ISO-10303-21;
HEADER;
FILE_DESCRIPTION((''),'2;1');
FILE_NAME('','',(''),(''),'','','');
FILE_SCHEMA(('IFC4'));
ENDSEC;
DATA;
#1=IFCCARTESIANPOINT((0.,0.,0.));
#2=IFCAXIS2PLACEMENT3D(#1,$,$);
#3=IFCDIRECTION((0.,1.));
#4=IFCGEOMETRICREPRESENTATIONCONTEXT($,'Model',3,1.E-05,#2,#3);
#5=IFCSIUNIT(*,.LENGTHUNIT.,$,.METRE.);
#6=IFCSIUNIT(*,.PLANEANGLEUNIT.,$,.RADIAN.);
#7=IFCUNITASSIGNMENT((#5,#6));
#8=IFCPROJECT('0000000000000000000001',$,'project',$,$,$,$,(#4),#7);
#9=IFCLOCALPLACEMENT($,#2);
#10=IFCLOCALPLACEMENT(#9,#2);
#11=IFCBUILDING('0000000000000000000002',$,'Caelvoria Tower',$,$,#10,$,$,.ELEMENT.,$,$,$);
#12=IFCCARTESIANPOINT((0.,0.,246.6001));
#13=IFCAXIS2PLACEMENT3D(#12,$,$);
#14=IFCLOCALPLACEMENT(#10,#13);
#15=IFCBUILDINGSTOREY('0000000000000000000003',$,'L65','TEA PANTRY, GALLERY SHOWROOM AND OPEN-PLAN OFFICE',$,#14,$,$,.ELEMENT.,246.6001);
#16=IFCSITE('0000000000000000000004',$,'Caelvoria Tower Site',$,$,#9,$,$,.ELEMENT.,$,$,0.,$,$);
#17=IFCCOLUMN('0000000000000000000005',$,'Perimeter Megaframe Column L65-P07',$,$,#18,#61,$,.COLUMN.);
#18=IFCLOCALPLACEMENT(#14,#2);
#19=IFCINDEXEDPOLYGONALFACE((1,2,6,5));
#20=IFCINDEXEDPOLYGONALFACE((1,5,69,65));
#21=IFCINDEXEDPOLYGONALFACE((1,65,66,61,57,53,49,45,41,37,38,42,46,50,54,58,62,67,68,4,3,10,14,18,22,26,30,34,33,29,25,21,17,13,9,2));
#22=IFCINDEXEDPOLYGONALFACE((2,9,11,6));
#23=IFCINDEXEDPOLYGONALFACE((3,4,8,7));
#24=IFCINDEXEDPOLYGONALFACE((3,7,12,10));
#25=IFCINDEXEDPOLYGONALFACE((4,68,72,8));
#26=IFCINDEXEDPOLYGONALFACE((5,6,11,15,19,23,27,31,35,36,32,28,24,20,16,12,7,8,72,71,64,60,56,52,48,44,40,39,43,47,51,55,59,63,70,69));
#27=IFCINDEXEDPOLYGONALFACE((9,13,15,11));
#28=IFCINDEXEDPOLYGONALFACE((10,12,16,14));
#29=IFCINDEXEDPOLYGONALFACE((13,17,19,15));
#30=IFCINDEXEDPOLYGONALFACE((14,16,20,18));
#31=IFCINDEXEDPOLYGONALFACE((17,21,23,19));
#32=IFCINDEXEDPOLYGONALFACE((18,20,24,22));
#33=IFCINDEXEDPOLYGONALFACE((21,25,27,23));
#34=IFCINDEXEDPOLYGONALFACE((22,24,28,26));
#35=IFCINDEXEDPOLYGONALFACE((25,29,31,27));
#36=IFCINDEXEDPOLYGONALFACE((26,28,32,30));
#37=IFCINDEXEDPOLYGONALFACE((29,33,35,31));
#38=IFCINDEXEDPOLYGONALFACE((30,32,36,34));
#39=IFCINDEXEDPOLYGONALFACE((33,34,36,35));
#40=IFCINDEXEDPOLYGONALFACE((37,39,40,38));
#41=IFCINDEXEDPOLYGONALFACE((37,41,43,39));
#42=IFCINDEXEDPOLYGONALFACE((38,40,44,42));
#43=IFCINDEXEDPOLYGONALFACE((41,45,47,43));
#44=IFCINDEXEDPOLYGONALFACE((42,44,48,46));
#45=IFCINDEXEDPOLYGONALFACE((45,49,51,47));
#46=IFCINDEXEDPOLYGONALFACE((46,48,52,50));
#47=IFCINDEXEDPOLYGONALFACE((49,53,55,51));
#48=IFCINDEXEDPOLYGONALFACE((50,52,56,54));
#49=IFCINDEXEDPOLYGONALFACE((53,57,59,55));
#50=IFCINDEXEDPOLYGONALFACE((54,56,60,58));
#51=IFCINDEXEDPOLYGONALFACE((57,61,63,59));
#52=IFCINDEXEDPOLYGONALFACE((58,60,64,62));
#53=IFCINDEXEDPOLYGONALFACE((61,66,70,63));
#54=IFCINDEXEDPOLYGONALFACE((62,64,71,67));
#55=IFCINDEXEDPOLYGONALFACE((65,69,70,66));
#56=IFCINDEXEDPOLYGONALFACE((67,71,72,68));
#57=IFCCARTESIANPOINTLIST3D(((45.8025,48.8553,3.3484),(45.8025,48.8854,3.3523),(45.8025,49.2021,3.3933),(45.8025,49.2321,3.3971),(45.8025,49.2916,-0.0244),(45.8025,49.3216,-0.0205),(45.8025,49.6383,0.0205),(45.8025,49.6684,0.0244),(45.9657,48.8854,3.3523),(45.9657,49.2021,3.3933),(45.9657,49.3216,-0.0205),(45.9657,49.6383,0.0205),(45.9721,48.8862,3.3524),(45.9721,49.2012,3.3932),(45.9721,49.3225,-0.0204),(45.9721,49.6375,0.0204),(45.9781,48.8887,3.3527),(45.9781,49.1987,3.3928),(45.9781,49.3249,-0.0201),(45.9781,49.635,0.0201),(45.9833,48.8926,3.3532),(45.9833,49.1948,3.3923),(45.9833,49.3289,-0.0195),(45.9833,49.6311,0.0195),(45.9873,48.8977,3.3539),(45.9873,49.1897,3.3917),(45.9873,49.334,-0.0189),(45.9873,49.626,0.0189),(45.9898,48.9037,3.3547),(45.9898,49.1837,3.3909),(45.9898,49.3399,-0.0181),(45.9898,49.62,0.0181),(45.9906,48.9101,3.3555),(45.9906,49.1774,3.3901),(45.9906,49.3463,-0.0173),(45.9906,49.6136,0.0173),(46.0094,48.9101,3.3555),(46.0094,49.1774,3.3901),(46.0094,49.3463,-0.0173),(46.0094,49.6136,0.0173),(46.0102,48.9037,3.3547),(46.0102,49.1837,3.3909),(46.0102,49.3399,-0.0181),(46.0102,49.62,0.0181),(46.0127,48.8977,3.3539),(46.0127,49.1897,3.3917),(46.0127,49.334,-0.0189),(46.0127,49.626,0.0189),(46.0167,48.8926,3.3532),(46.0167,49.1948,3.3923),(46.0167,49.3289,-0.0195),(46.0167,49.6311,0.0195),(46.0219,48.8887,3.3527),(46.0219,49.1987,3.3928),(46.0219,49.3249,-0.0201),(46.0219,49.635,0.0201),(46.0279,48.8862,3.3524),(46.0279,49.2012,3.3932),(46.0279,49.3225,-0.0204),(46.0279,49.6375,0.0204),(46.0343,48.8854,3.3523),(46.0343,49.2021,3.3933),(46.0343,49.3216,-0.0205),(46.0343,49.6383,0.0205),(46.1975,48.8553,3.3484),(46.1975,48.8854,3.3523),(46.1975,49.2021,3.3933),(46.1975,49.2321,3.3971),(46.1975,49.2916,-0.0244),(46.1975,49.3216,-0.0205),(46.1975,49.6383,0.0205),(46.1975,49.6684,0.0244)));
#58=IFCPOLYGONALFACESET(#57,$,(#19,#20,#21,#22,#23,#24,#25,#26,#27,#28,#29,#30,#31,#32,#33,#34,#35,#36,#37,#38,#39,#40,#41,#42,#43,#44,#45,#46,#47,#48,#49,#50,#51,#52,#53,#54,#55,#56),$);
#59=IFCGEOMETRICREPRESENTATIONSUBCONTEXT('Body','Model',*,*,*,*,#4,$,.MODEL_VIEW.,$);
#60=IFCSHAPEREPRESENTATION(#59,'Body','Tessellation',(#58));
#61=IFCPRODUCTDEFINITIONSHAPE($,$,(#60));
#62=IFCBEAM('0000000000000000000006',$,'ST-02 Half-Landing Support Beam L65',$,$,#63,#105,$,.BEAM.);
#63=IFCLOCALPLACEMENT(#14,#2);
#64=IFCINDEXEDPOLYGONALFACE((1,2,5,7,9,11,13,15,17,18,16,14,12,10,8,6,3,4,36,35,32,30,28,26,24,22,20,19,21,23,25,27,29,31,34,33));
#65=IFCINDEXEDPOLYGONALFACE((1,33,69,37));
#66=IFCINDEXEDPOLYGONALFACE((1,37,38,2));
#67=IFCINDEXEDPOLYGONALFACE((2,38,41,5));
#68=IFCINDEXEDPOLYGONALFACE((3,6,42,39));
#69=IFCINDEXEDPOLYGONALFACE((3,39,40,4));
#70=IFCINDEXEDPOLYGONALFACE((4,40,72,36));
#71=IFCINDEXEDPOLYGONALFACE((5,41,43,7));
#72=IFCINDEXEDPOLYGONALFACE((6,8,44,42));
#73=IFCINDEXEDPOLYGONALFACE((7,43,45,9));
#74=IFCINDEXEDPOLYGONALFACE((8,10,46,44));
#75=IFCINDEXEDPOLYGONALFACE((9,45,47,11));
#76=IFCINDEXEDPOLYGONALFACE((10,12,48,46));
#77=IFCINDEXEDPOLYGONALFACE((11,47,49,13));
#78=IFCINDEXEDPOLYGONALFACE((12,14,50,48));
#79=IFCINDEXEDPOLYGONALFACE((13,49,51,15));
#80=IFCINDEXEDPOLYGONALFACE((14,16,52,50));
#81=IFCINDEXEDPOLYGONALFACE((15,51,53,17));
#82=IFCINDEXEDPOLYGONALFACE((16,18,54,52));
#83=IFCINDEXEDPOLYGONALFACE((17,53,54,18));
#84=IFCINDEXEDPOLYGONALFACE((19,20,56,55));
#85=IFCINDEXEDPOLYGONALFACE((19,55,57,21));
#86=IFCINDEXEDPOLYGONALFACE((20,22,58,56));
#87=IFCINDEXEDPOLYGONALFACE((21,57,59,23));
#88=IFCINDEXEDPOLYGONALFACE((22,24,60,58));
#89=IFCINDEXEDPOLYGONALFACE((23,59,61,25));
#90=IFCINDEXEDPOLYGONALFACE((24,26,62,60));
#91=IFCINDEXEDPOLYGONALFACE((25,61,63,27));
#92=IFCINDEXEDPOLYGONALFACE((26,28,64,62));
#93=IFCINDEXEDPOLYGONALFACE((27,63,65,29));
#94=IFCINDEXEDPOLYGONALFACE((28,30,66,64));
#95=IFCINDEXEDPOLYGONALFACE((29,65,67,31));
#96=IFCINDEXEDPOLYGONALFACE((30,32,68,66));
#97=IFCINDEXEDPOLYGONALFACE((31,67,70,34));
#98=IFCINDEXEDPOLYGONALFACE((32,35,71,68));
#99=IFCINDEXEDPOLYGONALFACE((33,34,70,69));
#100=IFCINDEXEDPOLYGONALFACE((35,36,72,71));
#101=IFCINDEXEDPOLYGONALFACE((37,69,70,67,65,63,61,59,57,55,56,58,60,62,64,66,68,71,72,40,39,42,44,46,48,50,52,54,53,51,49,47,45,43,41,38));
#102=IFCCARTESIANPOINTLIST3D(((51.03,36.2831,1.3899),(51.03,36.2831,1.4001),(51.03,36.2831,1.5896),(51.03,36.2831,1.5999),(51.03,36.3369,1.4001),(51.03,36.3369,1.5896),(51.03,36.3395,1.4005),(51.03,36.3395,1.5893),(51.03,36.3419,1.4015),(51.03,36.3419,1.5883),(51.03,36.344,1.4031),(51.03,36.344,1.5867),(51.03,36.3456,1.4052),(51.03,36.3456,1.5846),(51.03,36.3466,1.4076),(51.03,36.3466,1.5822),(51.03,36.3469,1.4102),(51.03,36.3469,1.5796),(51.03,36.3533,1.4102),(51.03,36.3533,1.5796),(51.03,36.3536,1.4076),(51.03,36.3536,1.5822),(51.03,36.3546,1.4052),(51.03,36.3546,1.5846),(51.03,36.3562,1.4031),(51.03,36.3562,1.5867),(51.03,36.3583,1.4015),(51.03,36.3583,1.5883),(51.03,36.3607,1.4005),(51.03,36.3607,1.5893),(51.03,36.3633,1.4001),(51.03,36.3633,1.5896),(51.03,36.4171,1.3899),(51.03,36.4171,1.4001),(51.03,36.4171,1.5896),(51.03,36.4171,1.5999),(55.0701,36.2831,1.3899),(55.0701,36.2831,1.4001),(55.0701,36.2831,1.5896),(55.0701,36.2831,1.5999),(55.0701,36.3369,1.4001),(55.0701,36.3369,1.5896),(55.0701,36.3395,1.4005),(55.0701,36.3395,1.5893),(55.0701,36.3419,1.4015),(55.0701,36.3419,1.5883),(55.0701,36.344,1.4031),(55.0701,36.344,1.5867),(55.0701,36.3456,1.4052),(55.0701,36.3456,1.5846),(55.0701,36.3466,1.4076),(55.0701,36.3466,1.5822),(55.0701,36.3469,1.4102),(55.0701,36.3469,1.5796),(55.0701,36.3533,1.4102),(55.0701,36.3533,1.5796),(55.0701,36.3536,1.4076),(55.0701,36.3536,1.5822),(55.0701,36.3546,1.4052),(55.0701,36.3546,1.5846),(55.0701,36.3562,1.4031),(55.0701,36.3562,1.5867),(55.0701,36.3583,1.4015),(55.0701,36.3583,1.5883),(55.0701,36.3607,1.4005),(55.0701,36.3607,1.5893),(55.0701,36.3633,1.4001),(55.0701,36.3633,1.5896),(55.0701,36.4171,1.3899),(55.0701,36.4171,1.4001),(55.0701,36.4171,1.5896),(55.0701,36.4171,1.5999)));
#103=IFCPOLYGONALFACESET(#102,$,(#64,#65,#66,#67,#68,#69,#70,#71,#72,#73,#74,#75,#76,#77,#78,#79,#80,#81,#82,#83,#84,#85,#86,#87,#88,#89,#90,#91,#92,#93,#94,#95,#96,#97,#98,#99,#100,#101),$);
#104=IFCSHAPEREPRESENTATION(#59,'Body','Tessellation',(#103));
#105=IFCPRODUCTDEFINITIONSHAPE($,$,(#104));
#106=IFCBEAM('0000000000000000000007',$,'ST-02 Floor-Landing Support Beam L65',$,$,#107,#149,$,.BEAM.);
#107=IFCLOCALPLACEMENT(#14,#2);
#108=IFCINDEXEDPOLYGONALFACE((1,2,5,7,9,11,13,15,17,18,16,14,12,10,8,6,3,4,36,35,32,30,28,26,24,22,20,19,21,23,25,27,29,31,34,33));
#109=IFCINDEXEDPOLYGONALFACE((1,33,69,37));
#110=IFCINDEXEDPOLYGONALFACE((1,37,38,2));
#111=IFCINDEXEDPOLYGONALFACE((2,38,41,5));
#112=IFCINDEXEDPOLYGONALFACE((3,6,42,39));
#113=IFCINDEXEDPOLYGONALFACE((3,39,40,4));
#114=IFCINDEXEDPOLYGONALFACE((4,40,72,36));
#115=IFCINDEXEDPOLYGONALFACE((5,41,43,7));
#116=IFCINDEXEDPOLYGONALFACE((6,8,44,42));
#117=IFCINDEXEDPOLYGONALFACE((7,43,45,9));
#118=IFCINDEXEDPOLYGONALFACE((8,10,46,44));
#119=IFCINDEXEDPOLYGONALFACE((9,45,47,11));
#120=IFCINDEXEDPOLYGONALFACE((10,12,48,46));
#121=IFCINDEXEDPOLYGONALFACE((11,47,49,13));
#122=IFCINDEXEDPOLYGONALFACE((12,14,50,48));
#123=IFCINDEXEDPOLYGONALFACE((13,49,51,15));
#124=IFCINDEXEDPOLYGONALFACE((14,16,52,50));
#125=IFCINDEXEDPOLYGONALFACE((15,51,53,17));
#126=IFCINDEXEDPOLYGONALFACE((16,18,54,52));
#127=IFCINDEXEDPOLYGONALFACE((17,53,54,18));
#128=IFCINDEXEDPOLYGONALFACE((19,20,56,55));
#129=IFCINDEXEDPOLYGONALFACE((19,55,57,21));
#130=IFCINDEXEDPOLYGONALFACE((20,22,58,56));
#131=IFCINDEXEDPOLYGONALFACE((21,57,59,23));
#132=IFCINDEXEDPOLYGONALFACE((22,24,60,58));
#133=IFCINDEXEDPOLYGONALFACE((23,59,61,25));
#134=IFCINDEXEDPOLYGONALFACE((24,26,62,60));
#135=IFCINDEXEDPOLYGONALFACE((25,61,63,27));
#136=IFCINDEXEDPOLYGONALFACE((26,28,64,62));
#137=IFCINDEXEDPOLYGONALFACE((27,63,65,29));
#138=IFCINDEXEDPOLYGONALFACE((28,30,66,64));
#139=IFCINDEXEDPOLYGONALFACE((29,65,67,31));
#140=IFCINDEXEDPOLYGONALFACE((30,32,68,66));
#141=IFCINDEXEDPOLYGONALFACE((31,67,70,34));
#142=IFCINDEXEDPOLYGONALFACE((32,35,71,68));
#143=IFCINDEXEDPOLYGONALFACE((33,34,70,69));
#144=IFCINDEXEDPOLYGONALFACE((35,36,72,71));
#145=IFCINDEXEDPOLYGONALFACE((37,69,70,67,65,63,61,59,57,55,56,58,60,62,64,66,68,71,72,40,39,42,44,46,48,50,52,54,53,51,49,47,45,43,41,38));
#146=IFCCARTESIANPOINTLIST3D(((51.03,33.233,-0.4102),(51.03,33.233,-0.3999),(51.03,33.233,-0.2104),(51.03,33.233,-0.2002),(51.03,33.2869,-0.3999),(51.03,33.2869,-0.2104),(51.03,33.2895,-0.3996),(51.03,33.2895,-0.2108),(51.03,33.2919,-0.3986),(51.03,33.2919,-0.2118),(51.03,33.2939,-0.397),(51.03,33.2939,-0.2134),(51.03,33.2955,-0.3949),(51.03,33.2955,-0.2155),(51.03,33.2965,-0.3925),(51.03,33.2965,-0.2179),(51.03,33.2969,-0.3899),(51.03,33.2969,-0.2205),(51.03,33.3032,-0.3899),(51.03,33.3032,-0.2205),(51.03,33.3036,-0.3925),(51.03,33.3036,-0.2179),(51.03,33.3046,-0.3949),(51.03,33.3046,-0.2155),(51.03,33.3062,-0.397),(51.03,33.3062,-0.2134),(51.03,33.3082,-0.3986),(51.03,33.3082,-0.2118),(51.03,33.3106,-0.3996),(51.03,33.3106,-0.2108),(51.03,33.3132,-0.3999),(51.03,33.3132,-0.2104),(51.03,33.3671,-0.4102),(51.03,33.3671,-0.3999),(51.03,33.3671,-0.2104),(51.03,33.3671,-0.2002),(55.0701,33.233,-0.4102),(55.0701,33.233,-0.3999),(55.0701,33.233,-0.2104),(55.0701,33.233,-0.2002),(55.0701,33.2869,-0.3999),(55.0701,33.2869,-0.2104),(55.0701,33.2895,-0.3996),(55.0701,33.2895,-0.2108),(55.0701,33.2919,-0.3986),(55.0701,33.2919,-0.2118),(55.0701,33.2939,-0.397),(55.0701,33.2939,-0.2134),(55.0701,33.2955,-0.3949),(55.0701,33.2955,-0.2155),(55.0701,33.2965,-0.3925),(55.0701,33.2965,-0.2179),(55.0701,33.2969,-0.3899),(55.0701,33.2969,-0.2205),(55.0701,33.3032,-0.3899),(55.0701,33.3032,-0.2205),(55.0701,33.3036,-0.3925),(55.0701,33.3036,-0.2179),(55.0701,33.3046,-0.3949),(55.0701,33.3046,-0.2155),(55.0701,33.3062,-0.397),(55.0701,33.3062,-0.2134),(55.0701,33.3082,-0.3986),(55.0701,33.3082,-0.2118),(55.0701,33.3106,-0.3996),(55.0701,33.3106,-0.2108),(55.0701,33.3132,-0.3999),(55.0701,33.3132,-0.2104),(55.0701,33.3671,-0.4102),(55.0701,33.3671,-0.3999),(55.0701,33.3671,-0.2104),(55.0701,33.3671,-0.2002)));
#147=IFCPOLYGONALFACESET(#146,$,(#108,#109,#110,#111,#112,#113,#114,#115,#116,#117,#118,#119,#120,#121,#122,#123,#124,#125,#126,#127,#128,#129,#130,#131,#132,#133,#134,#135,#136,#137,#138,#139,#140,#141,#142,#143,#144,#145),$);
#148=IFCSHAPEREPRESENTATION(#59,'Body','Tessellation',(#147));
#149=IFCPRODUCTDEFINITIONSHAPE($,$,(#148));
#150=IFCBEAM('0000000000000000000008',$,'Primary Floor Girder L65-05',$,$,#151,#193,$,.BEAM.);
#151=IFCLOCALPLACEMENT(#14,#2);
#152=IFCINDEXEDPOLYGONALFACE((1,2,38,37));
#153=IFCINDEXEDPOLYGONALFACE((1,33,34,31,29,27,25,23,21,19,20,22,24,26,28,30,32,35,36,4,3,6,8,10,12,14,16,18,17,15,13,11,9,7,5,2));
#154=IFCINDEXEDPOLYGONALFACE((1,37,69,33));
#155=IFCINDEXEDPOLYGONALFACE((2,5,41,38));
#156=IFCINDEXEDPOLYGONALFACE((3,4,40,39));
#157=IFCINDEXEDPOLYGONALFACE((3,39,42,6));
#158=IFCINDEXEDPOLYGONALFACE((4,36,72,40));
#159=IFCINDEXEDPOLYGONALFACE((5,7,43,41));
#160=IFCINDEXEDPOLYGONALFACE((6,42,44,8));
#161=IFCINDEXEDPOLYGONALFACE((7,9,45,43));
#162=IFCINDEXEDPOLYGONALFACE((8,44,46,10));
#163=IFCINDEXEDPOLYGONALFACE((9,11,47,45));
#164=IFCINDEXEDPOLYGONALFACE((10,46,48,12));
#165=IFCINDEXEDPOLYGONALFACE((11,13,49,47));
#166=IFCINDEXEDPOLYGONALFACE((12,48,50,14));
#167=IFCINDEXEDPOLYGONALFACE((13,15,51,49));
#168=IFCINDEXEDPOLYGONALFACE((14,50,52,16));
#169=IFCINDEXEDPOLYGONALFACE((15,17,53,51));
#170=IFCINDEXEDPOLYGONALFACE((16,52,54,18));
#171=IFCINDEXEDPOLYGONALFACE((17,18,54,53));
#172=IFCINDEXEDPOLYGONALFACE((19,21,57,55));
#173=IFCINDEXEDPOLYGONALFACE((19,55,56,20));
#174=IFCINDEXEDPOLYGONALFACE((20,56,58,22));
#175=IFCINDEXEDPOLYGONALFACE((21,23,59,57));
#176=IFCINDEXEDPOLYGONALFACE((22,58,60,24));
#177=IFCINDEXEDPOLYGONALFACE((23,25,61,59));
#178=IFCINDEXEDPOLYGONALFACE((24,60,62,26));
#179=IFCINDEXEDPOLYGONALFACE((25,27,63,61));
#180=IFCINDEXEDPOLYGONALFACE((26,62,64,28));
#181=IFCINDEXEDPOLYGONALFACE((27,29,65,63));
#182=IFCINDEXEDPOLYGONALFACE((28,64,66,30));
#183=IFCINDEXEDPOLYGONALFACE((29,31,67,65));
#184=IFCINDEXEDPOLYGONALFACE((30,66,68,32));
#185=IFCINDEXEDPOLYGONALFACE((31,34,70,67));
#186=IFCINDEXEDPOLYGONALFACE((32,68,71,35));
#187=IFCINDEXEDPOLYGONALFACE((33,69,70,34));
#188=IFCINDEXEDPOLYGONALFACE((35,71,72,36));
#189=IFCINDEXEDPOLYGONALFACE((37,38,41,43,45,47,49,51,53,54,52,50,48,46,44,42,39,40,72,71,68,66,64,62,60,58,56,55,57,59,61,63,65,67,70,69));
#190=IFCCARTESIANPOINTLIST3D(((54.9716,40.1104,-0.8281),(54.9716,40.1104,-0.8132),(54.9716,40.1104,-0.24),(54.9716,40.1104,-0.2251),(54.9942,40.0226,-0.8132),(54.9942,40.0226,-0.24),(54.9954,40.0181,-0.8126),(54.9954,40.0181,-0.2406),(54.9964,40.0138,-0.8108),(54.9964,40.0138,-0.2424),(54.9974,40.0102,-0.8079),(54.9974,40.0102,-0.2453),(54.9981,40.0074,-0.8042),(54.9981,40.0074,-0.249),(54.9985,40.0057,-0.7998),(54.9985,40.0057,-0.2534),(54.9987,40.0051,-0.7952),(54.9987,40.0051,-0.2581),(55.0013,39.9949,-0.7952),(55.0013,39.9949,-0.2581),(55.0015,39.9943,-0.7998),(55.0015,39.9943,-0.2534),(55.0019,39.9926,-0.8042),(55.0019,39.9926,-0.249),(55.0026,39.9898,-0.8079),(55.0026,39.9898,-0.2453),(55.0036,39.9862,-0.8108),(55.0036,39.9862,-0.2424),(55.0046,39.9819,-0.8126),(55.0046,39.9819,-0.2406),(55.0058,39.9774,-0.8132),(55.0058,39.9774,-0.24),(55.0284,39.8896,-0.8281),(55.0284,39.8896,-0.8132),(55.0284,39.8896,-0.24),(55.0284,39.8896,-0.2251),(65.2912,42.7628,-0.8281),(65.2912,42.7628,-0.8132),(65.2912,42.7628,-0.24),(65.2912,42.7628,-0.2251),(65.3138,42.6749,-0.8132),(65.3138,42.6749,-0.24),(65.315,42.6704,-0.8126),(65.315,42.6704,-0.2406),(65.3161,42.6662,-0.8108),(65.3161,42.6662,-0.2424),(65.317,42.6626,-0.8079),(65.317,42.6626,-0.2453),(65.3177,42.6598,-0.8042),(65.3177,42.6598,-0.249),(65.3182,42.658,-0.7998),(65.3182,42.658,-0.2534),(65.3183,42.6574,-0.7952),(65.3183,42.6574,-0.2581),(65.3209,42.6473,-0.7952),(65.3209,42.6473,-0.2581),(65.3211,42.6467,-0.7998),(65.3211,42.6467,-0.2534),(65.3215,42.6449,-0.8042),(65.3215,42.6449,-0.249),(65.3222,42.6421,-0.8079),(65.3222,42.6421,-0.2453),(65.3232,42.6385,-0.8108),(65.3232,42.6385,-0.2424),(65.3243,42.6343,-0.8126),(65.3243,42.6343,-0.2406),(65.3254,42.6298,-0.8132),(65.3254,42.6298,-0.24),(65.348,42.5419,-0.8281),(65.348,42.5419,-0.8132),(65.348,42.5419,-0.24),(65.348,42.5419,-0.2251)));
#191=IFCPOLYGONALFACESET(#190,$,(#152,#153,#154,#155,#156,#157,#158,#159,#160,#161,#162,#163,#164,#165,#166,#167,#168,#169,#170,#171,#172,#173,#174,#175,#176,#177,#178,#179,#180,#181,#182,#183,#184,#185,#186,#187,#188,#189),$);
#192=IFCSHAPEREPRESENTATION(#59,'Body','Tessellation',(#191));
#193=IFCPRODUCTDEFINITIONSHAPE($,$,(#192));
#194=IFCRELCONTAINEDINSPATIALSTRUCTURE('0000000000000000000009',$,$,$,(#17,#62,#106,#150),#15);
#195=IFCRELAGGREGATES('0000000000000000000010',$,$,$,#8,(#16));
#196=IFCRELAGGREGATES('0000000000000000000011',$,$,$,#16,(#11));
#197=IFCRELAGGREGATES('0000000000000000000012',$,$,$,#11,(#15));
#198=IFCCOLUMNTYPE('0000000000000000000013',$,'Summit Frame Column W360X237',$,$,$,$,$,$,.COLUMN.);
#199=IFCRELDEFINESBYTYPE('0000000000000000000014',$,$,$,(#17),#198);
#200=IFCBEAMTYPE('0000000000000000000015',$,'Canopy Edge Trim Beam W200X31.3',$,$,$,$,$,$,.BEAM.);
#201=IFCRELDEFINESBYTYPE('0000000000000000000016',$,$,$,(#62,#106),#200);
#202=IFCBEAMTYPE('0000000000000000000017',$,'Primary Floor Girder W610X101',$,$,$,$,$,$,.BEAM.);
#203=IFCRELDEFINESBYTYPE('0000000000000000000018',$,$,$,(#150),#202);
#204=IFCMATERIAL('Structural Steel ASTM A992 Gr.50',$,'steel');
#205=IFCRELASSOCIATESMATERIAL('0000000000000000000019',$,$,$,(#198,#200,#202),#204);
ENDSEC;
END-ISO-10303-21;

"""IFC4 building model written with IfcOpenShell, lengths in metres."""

from ifc_helpers import new_model, si_unit, direction, frame, origin, origin_2d, place, context, subcontext, project, spatial, i_section, extrude, material, material_profile, profile_set, type_object, element, save


model = new_model("IFC4")

# Units and contexts
model_context = context("Model", 3, precision=1e-05, world=origin(), true_north=direction((0.0, 1.0)))
body_context = subcontext(model_context, "Body", "Model", "MODEL_VIEW")
ifc_project = project(units=[si_unit("LENGTHUNIT", "METRE"), si_unit("PLANEANGLEUNIT", "RADIAN")], contexts=[model_context])

# Site, building, storey
site_placement = place(None, origin())
site = spatial("IfcSite", under=ifc_project, at=site_placement, Name="Caelvoria Tower Site", CompositionType="ELEMENT", RefElevation=0.0)
building_placement = place(site_placement, origin())
building = spatial("IfcBuilding", under=site, at=building_placement, Name="Caelvoria Tower", CompositionType="ELEMENT")
storey_placement = place(building_placement, frame((0.0, 0.0, 246.6001)))
storey = spatial("IfcBuildingStorey", under=building, at=storey_placement, Name="L65", Description="TEA PANTRY, GALLERY SHOWROOM AND OPEN-PLAN OFFICE", CompositionType="ELEMENT", Elevation=246.6001)

# Column
ifc_material_1 = material(Name="Structural Steel ASTM A992 Gr.50", Category="steel")
ifc_material_profile_1 = material_profile(ifc_material_1, i_section(OverallWidth=0.395, OverallDepth=0.3799, WebThickness=0.0188, FlangeThickness=0.0303, FilletRadius=0.0249, at=origin_2d()), Name="Structural Steel ASTM A992 Gr.50")
ifc_profile_set_1 = profile_set([ifc_material_profile_1], Name="W360X237 - Structural Steel ASTM A992 Gr.50")
column_type = type_object("IfcColumnType", Name="Summit Frame Column W360X237", PredefinedType="COLUMN", material=ifc_profile_set_1)
column_placement = place(storey_placement, frame((46.0, 49.48, 0.0), z_axis=(0.0, -0.128283, 0.991738), x_axis=(1.0, 0.0, 0.0)))
element("IfcColumn", 1, at=column_placement, inside=storey, type_object=column_type, Name="Perimeter Megaframe Column L65-P07", PredefinedType="COLUMN", context=body_context, shape_type="SweptSolid", body=[
    extrude(i_section(OverallWidth=0.395, OverallDepth=0.3799, WebThickness=0.0188, FlangeThickness=0.0303, FilletRadius=0.0249, at=origin_2d()), origin(), (0.0, 0.0, 1.0), 3.4009),
])

# Beams
ifc_material_profile_2 = material_profile(ifc_material_1, i_section(OverallWidth=0.134, OverallDepth=0.21, WebThickness=0.0063, FlangeThickness=0.0103, FilletRadius=0.01, at=origin_2d()), Name="Structural Steel ASTM A992 Gr.50")
ifc_profile_set_2 = profile_set([ifc_material_profile_2], Name="W200X31.3 - Structural Steel ASTM A992 Gr.50")
beam_type_1 = type_object("IfcBeamType", Name="Canopy Edge Trim Beam W200X31.3", PredefinedType="BEAM", material=ifc_profile_set_2)
for number, where, z_axis, x_axis, name in (
    (2, (51.03, 36.3501, 1.4949), (1.0, 0.0, 0.0), (0.0, 1.0, 0.0), "ST-02 Half-Landing Support Beam L65"),
    (3, (51.03, 33.3, -0.3052), (1.0, 0.0, 0.0), (0.0, 1.0, 0.0), "ST-02 Floor-Landing Support Beam L65"),
):
    element("IfcBeam", number, at=place(storey_placement, frame(where, z_axis=z_axis, x_axis=x_axis)), inside=storey, type_object=beam_type_1, Name=name, PredefinedType="BEAM", context=body_context, shape_type="SweptSolid", body=[
        extrude(i_section(OverallWidth=0.134, OverallDepth=0.21, WebThickness=0.0063, FlangeThickness=0.0103, FilletRadius=0.01, at=origin_2d()), origin(), (0.0, 0.0, 1.0), 4.04),
    ])
ifc_material_profile_3 = material_profile(ifc_material_1, i_section(OverallWidth=0.228, OverallDepth=0.603, WebThickness=0.0105, FlangeThickness=0.0149, FilletRadius=0.0181, at=origin_2d()), Name="Structural Steel ASTM A992 Gr.50")
ifc_profile_set_3 = profile_set([ifc_material_profile_3], Name="W610X101 - Structural Steel ASTM A992 Gr.50")
beam_type_2 = type_object("IfcBeamType", Name="Primary Floor Girder W610X101", PredefinedType="BEAM", material=ifc_profile_set_3)
beam_1_placement = place(storey_placement, frame((55.0, 40.0, -0.5266), z_axis=(0.968522, 0.24893, 0.0), x_axis=(-0.24893, 0.968522, 0.0)))
element("IfcBeam", 4, at=beam_1_placement, inside=storey, type_object=beam_type_2, Name="Primary Floor Girder L65-05", PredefinedType="BEAM", context=body_context, shape_type="SweptSolid", body=[
    extrude(i_section(OverallWidth=0.228, OverallDepth=0.603, WebThickness=0.0105, FlangeThickness=0.0149, FilletRadius=0.0181, at=origin_2d()), origin(), (0.0, 0.0, 1.0), 10.655),
])

save(model, "model.ifc")
